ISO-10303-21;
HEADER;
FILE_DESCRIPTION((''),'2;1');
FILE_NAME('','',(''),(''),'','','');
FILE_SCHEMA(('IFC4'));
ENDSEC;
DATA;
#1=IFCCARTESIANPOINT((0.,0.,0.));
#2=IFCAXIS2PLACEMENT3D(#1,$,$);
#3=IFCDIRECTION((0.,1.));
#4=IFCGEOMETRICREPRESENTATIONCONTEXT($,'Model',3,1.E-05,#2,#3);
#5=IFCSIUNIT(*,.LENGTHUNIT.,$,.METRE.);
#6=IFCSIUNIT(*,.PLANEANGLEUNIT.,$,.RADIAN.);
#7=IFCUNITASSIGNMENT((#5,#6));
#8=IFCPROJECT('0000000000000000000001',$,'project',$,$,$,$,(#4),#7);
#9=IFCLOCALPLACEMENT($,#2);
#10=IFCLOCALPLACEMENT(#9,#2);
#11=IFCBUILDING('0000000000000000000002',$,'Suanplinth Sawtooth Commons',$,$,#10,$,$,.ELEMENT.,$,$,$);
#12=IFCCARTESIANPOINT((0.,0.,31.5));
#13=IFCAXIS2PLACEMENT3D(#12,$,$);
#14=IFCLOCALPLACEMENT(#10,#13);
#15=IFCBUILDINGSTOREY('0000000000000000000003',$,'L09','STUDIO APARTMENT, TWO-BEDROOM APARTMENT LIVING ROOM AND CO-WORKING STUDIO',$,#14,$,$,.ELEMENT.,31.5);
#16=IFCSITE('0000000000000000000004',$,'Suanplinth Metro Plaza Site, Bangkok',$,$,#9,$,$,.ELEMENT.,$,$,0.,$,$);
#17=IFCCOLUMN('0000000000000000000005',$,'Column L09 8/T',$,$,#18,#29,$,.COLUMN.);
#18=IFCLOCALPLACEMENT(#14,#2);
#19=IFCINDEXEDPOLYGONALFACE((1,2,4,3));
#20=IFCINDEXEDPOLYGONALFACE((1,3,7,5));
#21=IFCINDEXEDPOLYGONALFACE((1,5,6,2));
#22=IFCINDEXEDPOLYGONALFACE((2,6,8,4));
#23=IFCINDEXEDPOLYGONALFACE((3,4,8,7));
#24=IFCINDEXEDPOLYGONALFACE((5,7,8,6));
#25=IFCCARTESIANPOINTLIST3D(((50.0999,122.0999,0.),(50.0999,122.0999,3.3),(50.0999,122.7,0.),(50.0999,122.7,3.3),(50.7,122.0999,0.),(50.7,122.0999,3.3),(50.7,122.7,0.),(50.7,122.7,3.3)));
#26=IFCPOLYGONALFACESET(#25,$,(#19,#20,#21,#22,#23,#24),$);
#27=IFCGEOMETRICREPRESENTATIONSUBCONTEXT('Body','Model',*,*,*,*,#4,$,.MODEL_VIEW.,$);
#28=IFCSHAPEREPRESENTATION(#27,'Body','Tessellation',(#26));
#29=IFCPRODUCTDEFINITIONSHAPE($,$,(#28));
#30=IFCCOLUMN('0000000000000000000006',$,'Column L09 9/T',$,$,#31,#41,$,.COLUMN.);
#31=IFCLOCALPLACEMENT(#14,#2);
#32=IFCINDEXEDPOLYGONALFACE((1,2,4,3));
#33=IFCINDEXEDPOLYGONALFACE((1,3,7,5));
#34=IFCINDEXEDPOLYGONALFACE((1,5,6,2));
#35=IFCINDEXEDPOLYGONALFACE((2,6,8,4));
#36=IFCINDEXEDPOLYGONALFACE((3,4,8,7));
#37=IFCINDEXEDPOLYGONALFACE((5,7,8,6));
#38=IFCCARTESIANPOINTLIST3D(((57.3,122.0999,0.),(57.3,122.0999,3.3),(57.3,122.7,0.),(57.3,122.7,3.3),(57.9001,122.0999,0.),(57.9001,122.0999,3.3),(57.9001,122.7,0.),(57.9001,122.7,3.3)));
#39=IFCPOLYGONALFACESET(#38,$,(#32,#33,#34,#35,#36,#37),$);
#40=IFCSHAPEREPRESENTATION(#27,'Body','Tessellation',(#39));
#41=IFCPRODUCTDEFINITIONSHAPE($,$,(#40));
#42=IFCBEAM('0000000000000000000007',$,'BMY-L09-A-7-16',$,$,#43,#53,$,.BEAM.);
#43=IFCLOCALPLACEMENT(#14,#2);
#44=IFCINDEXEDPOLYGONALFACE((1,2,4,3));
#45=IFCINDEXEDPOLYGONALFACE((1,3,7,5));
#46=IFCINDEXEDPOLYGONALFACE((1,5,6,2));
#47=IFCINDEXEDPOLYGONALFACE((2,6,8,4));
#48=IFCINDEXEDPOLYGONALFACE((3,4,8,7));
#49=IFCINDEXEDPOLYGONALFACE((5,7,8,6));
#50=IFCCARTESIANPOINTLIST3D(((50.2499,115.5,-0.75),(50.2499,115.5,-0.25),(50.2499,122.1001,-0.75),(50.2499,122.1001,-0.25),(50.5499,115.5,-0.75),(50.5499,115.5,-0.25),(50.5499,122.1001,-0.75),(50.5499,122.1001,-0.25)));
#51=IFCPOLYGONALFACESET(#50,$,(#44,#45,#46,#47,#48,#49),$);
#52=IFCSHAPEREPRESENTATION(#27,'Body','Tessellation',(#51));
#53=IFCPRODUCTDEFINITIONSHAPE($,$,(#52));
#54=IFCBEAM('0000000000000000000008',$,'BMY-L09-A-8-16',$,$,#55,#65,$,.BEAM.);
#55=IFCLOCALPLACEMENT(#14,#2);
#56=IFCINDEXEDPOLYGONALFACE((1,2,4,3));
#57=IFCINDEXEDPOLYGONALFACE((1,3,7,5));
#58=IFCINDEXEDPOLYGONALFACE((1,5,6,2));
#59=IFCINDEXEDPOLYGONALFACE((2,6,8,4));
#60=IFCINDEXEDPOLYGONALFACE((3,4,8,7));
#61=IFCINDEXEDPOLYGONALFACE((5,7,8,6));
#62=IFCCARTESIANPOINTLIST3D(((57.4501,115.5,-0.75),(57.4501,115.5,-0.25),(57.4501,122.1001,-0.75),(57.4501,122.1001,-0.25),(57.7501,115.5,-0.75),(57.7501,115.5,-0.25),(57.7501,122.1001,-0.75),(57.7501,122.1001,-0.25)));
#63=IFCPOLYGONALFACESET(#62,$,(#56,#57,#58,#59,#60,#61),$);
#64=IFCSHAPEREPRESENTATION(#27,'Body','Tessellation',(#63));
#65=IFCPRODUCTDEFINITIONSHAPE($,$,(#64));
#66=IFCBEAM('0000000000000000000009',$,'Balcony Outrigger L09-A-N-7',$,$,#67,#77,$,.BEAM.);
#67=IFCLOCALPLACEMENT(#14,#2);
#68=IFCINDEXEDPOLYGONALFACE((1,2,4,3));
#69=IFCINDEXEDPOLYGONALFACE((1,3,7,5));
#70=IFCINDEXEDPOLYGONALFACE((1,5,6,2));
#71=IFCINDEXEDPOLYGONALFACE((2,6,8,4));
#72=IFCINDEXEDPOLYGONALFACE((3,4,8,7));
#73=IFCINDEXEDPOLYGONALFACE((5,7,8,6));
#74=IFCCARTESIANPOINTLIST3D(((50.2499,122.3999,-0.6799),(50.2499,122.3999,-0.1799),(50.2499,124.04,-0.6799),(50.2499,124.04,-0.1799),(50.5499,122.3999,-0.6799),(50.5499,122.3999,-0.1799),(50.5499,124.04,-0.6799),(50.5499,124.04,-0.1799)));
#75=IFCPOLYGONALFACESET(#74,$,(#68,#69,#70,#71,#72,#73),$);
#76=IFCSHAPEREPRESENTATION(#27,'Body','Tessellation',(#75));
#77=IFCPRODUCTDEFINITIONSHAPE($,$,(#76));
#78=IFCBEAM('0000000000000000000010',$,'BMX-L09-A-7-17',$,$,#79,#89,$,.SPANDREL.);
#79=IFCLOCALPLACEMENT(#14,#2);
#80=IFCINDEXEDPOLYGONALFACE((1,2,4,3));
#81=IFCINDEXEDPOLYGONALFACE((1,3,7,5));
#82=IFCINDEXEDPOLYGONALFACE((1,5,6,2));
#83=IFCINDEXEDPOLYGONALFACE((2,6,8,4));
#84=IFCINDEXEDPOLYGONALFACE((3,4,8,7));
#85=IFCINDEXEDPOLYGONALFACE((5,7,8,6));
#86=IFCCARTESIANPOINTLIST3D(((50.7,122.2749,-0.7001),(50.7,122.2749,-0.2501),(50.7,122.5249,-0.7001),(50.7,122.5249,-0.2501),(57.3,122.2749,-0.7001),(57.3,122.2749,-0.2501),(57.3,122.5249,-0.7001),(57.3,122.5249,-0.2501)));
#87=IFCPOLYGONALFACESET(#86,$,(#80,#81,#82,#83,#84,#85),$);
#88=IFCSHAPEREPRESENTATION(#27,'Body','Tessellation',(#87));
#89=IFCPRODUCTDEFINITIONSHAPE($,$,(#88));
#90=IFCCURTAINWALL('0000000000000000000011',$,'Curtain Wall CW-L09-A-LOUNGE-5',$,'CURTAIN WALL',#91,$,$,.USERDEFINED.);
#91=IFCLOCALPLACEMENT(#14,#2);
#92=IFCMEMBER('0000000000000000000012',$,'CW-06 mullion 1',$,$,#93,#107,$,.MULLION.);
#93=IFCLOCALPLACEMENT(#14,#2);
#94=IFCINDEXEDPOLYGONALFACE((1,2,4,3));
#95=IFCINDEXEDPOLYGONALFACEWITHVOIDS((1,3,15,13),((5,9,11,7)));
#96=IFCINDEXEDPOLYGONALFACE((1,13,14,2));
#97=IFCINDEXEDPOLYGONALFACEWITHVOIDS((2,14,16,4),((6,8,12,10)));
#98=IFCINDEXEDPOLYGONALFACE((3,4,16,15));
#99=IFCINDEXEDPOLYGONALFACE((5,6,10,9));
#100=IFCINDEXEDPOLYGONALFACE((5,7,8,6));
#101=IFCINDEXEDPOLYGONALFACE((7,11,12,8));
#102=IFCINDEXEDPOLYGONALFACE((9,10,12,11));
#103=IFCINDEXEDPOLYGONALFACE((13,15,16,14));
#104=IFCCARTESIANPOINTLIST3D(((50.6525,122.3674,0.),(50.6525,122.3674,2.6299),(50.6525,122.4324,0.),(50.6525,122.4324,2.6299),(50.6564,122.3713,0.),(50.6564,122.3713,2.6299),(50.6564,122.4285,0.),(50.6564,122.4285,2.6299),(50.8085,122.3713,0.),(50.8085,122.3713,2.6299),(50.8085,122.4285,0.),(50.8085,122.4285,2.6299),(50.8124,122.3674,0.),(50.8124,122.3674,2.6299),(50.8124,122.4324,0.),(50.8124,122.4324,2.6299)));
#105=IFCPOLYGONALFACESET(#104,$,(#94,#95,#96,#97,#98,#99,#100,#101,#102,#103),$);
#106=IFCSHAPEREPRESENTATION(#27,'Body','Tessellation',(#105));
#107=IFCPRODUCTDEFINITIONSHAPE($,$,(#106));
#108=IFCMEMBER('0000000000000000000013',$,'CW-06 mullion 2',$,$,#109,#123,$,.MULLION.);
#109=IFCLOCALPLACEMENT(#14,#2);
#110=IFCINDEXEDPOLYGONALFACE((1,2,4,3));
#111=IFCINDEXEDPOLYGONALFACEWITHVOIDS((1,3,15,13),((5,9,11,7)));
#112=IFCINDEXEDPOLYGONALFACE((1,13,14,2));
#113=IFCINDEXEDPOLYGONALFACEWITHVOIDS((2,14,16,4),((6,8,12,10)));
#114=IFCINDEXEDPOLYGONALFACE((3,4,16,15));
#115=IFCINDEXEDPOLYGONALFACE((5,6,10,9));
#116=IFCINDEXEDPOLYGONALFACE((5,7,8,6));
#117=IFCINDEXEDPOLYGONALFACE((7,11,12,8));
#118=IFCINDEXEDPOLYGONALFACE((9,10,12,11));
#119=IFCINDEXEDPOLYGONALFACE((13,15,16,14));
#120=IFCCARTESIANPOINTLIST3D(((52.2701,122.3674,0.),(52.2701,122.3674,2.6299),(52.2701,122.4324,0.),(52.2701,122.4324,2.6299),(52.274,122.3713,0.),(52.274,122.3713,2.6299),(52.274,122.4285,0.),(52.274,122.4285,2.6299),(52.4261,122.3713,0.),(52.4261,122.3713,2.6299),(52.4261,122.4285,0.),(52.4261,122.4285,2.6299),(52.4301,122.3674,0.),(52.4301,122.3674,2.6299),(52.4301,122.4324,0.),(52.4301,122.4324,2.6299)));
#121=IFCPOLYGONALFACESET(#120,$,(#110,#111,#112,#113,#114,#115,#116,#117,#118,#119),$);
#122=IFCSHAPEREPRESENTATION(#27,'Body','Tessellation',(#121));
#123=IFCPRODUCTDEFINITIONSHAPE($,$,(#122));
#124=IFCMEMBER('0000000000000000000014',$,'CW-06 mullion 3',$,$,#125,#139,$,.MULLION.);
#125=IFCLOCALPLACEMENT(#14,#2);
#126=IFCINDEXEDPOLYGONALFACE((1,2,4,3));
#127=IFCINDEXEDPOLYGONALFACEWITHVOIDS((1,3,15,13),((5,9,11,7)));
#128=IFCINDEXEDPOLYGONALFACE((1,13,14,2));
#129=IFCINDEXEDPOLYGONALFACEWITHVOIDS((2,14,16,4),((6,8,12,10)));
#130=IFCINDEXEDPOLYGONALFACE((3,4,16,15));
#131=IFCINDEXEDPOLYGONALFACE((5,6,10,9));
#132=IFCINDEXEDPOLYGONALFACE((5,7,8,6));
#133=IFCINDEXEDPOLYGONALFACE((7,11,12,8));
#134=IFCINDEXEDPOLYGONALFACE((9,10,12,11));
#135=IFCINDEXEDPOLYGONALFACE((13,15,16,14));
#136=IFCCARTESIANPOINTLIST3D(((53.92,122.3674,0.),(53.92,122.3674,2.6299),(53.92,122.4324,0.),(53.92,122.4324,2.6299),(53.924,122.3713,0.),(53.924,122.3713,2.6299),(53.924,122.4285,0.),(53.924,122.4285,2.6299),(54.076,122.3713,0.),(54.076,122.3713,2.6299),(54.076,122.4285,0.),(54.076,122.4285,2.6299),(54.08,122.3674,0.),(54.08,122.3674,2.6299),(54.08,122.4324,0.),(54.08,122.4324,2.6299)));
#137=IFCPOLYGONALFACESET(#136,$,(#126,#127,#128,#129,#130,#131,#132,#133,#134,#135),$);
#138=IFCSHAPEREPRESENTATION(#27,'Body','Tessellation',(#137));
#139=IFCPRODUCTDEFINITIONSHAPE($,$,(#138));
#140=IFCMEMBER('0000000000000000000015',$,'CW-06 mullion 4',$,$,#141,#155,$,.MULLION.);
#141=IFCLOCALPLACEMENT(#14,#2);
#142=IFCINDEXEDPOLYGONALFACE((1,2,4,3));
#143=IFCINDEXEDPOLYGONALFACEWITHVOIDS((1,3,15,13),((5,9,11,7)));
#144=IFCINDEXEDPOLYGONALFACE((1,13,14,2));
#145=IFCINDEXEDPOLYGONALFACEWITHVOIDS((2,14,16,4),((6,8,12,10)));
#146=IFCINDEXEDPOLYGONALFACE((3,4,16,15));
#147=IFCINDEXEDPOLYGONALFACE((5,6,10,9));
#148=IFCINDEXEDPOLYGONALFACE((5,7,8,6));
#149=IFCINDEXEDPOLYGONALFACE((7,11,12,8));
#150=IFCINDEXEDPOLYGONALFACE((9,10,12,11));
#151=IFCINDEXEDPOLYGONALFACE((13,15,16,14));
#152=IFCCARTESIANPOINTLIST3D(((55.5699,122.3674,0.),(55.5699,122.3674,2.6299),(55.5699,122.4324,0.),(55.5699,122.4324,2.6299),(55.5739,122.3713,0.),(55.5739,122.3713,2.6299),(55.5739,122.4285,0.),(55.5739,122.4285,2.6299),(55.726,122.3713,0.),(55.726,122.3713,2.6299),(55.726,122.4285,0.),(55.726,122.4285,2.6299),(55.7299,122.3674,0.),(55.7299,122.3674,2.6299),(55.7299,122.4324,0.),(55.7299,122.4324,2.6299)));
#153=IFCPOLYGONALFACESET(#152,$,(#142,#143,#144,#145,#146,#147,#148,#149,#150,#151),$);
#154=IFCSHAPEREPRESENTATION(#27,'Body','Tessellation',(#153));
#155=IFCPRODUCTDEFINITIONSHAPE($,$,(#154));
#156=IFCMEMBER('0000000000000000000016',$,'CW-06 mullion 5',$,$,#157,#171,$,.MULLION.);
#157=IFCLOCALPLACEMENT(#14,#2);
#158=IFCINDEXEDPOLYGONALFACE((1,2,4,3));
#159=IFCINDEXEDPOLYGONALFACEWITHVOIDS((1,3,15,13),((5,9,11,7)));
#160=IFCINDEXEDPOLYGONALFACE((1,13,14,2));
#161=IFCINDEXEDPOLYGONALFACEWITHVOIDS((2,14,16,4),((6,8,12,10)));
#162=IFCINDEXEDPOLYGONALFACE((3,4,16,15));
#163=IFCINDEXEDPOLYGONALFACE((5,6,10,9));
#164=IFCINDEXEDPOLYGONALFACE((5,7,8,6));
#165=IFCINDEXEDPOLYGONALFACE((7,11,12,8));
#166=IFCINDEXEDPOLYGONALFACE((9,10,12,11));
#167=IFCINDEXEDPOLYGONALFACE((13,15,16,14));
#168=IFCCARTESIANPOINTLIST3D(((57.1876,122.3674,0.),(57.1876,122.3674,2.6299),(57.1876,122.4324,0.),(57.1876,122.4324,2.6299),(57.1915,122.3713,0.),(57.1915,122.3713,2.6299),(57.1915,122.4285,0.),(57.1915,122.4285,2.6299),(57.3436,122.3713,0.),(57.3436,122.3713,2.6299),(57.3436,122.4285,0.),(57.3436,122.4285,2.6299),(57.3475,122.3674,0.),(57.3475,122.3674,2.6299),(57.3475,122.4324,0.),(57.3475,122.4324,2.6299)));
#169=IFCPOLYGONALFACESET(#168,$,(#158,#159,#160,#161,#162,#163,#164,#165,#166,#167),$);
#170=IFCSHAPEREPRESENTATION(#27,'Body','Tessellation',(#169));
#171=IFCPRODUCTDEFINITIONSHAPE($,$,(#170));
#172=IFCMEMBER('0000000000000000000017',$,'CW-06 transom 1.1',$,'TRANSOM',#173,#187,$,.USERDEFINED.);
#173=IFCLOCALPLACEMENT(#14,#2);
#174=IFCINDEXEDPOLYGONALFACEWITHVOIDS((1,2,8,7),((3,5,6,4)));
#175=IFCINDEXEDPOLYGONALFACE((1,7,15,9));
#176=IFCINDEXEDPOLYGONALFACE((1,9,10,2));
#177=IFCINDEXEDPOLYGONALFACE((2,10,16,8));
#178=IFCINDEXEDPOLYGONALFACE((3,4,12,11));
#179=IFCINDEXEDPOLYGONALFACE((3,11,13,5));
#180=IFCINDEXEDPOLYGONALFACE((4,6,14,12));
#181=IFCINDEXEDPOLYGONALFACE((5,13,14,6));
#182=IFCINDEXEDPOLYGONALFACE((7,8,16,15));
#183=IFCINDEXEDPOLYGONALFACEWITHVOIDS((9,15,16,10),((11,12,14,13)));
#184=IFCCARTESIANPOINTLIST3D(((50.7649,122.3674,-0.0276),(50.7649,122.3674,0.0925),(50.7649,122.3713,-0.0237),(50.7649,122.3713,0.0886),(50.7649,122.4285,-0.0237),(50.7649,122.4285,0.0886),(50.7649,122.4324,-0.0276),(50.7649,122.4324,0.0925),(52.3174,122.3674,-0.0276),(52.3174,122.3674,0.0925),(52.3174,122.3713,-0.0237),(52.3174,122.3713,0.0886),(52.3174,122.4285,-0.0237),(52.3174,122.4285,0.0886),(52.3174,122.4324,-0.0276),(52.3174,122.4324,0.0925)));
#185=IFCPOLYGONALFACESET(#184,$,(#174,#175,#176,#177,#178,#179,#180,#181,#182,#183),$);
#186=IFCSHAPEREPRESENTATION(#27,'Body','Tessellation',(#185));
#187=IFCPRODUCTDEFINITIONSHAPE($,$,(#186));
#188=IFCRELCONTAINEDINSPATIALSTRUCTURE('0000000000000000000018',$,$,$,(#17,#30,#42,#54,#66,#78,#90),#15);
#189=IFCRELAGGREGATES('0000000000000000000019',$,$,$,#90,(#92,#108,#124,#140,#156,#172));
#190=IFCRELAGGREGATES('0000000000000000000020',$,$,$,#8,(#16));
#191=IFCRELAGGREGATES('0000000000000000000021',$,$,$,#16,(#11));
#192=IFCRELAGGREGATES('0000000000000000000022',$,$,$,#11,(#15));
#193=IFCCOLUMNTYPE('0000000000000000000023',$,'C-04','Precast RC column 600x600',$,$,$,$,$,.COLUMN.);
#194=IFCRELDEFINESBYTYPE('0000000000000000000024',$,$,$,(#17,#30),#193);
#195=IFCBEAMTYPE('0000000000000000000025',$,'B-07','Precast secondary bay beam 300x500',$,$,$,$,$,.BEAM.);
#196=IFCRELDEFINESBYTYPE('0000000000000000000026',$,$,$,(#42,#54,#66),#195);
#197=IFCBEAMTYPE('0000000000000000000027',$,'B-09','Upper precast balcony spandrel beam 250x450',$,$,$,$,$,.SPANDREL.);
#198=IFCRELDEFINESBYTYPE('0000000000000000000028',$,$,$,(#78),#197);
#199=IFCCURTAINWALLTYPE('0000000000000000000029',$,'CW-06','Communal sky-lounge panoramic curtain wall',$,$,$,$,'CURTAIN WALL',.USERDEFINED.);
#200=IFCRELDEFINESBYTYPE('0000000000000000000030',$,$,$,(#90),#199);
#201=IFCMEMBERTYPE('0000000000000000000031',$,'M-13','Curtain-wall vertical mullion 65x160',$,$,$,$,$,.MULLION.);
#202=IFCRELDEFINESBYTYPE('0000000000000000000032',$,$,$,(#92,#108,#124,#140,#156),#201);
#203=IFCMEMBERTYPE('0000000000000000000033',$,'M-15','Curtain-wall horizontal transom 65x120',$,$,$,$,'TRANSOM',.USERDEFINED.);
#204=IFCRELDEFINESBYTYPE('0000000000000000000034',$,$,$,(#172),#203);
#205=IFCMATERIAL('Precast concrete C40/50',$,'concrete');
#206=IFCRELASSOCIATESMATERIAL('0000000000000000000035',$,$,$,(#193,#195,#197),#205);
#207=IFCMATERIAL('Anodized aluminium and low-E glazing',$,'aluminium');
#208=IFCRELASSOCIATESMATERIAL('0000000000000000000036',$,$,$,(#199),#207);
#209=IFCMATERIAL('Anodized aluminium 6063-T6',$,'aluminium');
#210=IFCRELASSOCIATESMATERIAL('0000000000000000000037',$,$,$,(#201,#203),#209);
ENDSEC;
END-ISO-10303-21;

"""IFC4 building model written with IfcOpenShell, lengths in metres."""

from ifc_helpers import new_model, si_unit, direction, frame, origin, origin_2d, place, context, subcontext, project, spatial, rectangle, hollow_rectangle, extrude, material, material_profile, profile_set, type_object, element, aggregate, save


model = new_model("IFC4")

# Units and contexts
model_context = context("Model", 3, precision=1e-05, world=origin(), true_north=direction((0.0, 1.0)))
body_context = subcontext(model_context, "Body", "Model", "MODEL_VIEW")
ifc_project = project(units=[si_unit("LENGTHUNIT", "METRE"), si_unit("PLANEANGLEUNIT", "RADIAN")], contexts=[model_context])

# Site, building, storey
site_placement = place(None, origin())
site = spatial("IfcSite", under=ifc_project, at=site_placement, Name="Suanplinth Metro Plaza Site, Bangkok", CompositionType="ELEMENT", RefElevation=0.0)
building_placement = place(site_placement, origin())
building = spatial("IfcBuilding", under=site, at=building_placement, Name="Suanplinth Sawtooth Commons", CompositionType="ELEMENT")
storey_placement = place(building_placement, frame((0.0, 0.0, 31.5)))
storey = spatial("IfcBuildingStorey", under=building, at=storey_placement, Name="L09", Description="STUDIO APARTMENT, TWO-BEDROOM APARTMENT LIVING ROOM AND CO-WORKING STUDIO", CompositionType="ELEMENT", Elevation=31.5)

# Columns
ifc_material_1 = material(Name="Precast concrete C40/50", Category="concrete")
ifc_material_profile_1 = material_profile(ifc_material_1, rectangle(XDim=0.6001, YDim=0.6001, at=origin_2d()), Name="PC-COL 600x600")
ifc_profile_set_1 = profile_set([ifc_material_profile_1], Name="Precast concrete C40/50")
column_type = type_object("IfcColumnType", Name="C-04", Description="Precast RC column 600x600", PredefinedType="COLUMN", material=ifc_profile_set_1)
for number, where, z_axis, x_axis, name in (
    (1, (50.3999, 122.3999, 0.0), (0.0, 0.0, 1.0), (1.0, 0.0, 0.0), "Column L09 8/T"),
    (2, (57.6001, 122.3999, 0.0), (0.0, 0.0, 1.0), (1.0, 0.0, 0.0), "Column L09 9/T"),
):
    element("IfcColumn", number, at=place(storey_placement, frame(where, z_axis=z_axis, x_axis=x_axis)), inside=storey, type_object=column_type, Name=name, PredefinedType="COLUMN", context=body_context, shape_type="SweptSolid", body=[
        extrude(rectangle(XDim=0.6001, YDim=0.6001, at=origin_2d()), origin(), (0.0, 0.0, 1.0), 3.3),
    ])

# Beams
ifc_material_profile_2 = material_profile(ifc_material_1, rectangle(XDim=0.3, YDim=0.5, at=origin_2d()), Name="PC-BM 300x500")
ifc_profile_set_2 = profile_set([ifc_material_profile_2], Name="Precast concrete C40/50")
beam_type_1 = type_object("IfcBeamType", Name="B-07", Description="Precast secondary bay beam 300x500", PredefinedType="BEAM", material=ifc_profile_set_2)
for number, where, z_axis, x_axis, name in (
    (3, (50.3999, 115.5, -0.5), (0.0, 1.0, 0.0), (-1.0, 0.0, 0.0), "BMY-L09-A-7-16"),
    (4, (57.6001, 115.5, -0.5), (0.0, 1.0, 0.0), (-1.0, 0.0, 0.0), "BMY-L09-A-8-16"),
):
    element("IfcBeam", number, at=place(storey_placement, frame(where, z_axis=z_axis, x_axis=x_axis)), inside=storey, type_object=beam_type_1, Name=name, PredefinedType="BEAM", context=body_context, shape_type="SweptSolid", body=[
        extrude(rectangle(XDim=0.3, YDim=0.5, at=origin_2d()), origin(), (0.0, 0.0, 1.0), 6.6001),
    ])
beam_1_placement = place(storey_placement, frame((50.3999, 122.3999, -0.4299), z_axis=(0.0, 1.0, 0.0), x_axis=(-1.0, 0.0, 0.0)))
element("IfcBeam", 5, at=beam_1_placement, inside=storey, type_object=beam_type_1, Name="Balcony Outrigger L09-A-N-7", PredefinedType="BEAM", context=body_context, shape_type="SweptSolid", body=[
    extrude(rectangle(XDim=0.3, YDim=0.5, at=origin_2d()), origin(), (0.0, 0.0, 1.0), 1.6401),
])
ifc_material_profile_3 = material_profile(ifc_material_1, rectangle(XDim=0.25, YDim=0.45, at=origin_2d()), Name="PC-SP 250x450")
ifc_profile_set_3 = profile_set([ifc_material_profile_3], Name="Precast concrete C40/50")
beam_type_2 = type_object("IfcBeamType", Name="B-09", Description="Upper precast balcony spandrel beam 250x450", PredefinedType="SPANDREL", material=ifc_profile_set_3)
beam_2_placement = place(storey_placement, frame((50.7, 122.3999, -0.4751), z_axis=(1.0, 0.0, 0.0), x_axis=(0.0, 1.0, 0.0)))
element("IfcBeam", 6, at=beam_2_placement, inside=storey, type_object=beam_type_2, Name="BMX-L09-A-7-17", PredefinedType="SPANDREL", context=body_context, shape_type="SweptSolid", body=[
    extrude(rectangle(XDim=0.25, YDim=0.45, at=origin_2d()), origin(), (0.0, 0.0, 1.0), 6.6001),
])

# Curtain wall, members
ifc_material_2 = material(Name="Anodized aluminium and low-E glazing", Category="aluminium")
curtain_wall_type = type_object("IfcCurtainWallType", Name="CW-06", Description="Communal sky-lounge panoramic curtain wall", ElementType="CURTAIN WALL", PredefinedType="USERDEFINED", material=ifc_material_2)
curtain_wall_placement = place(storey_placement, origin())
curtain_wall = element("IfcCurtainWall", 7, at=curtain_wall_placement, inside=storey, type_object=curtain_wall_type, Name="Curtain Wall CW-L09-A-LOUNGE-5", ObjectType="CURTAIN WALL", PredefinedType="USERDEFINED")
ifc_material_3 = material(Name="Anodized aluminium 6063-T6", Category="aluminium")
ifc_material_profile_4 = material_profile(ifc_material_3, hollow_rectangle(XDim=0.0649, YDim=0.1599, WallThickness=0.0039, at=origin_2d()), Name="ALU-MUL 65x160")
ifc_profile_set_4 = profile_set([ifc_material_profile_4], Name="Anodized aluminium 6063-T6")
member_type_1 = type_object("IfcMemberType", Name="M-13", Description="Curtain-wall vertical mullion 65x160", PredefinedType="MULLION", material=ifc_profile_set_4)
member_1_placement = place(storey_placement, frame((50.7324, 122.3999, 0.0), z_axis=(0.0, 0.0, 1.0), x_axis=(0.0, 1.0, 0.0)))
member_1 = element("IfcMember", 8, at=member_1_placement, type_object=member_type_1, Name="CW-06 mullion 1", PredefinedType="MULLION", context=body_context, shape_type="SweptSolid", body=[
    extrude(hollow_rectangle(XDim=0.0649, YDim=0.1599, WallThickness=0.0039, at=origin_2d()), origin(), (0.0, 0.0, 1.0), 2.6299),
])
member_2_placement = place(storey_placement, frame((52.3501, 122.3999, 0.0), z_axis=(0.0, 0.0, 1.0), x_axis=(0.0, 1.0, 0.0)))
member_2 = element("IfcMember", 9, at=member_2_placement, type_object=member_type_1, Name="CW-06 mullion 2", PredefinedType="MULLION", context=body_context, shape_type="SweptSolid", body=[
    extrude(hollow_rectangle(XDim=0.0649, YDim=0.1599, WallThickness=0.0039, at=origin_2d()), origin(), (0.0, 0.0, 1.0), 2.6299),
])
member_3_placement = place(storey_placement, frame((54.0, 122.3999, 0.0), z_axis=(0.0, 0.0, 1.0), x_axis=(0.0, 1.0, 0.0)))
member_3 = element("IfcMember", 10, at=member_3_placement, type_object=member_type_1, Name="CW-06 mullion 3", PredefinedType="MULLION", context=body_context, shape_type="SweptSolid", body=[
    extrude(hollow_rectangle(XDim=0.0649, YDim=0.1599, WallThickness=0.0039, at=origin_2d()), origin(), (0.0, 0.0, 1.0), 2.6299),
])
member_4_placement = place(storey_placement, frame((55.6499, 122.3999, 0.0), z_axis=(0.0, 0.0, 1.0), x_axis=(0.0, 1.0, 0.0)))
member_4 = element("IfcMember", 11, at=member_4_placement, type_object=member_type_1, Name="CW-06 mullion 4", PredefinedType="MULLION", context=body_context, shape_type="SweptSolid", body=[
    extrude(hollow_rectangle(XDim=0.0649, YDim=0.1599, WallThickness=0.0039, at=origin_2d()), origin(), (0.0, 0.0, 1.0), 2.6299),
])
member_5_placement = place(storey_placement, frame((57.2676, 122.3999, 0.0), z_axis=(0.0, 0.0, 1.0), x_axis=(0.0, 1.0, 0.0)))
member_5 = element("IfcMember", 12, at=member_5_placement, type_object=member_type_1, Name="CW-06 mullion 5", PredefinedType="MULLION", context=body_context, shape_type="SweptSolid", body=[
    extrude(hollow_rectangle(XDim=0.0649, YDim=0.1599, WallThickness=0.0039, at=origin_2d()), origin(), (0.0, 0.0, 1.0), 2.6299),
])
ifc_material_profile_5 = material_profile(ifc_material_3, hollow_rectangle(XDim=0.0649, YDim=0.1201, WallThickness=0.0039, at=origin_2d()), Name="ALU-TRN 65x120")
ifc_profile_set_5 = profile_set([ifc_material_profile_5], Name="Anodized aluminium 6063-T6")
member_type_2 = type_object("IfcMemberType", Name="M-15", Description="Curtain-wall horizontal transom 65x120", ElementType="TRANSOM", PredefinedType="USERDEFINED", material=ifc_profile_set_5)
member_6_placement = place(storey_placement, frame((50.7649, 122.3999, 0.0325), z_axis=(1.0, 0.0, 0.0), x_axis=(0.0, 1.0, 0.0)))
member_6 = element("IfcMember", 13, at=member_6_placement, type_object=member_type_2, Name="CW-06 transom 1.1", ObjectType="TRANSOM", PredefinedType="USERDEFINED", context=body_context, shape_type="SweptSolid", body=[
    extrude(hollow_rectangle(XDim=0.0649, YDim=0.1201, WallThickness=0.0039, at=origin_2d()), origin(), (0.0, 0.0, 1.0), 1.5525),
])
aggregate(curtain_wall, [member_1, member_2, member_3, member_4, member_5, member_6])

save(model, "model.ifc")
